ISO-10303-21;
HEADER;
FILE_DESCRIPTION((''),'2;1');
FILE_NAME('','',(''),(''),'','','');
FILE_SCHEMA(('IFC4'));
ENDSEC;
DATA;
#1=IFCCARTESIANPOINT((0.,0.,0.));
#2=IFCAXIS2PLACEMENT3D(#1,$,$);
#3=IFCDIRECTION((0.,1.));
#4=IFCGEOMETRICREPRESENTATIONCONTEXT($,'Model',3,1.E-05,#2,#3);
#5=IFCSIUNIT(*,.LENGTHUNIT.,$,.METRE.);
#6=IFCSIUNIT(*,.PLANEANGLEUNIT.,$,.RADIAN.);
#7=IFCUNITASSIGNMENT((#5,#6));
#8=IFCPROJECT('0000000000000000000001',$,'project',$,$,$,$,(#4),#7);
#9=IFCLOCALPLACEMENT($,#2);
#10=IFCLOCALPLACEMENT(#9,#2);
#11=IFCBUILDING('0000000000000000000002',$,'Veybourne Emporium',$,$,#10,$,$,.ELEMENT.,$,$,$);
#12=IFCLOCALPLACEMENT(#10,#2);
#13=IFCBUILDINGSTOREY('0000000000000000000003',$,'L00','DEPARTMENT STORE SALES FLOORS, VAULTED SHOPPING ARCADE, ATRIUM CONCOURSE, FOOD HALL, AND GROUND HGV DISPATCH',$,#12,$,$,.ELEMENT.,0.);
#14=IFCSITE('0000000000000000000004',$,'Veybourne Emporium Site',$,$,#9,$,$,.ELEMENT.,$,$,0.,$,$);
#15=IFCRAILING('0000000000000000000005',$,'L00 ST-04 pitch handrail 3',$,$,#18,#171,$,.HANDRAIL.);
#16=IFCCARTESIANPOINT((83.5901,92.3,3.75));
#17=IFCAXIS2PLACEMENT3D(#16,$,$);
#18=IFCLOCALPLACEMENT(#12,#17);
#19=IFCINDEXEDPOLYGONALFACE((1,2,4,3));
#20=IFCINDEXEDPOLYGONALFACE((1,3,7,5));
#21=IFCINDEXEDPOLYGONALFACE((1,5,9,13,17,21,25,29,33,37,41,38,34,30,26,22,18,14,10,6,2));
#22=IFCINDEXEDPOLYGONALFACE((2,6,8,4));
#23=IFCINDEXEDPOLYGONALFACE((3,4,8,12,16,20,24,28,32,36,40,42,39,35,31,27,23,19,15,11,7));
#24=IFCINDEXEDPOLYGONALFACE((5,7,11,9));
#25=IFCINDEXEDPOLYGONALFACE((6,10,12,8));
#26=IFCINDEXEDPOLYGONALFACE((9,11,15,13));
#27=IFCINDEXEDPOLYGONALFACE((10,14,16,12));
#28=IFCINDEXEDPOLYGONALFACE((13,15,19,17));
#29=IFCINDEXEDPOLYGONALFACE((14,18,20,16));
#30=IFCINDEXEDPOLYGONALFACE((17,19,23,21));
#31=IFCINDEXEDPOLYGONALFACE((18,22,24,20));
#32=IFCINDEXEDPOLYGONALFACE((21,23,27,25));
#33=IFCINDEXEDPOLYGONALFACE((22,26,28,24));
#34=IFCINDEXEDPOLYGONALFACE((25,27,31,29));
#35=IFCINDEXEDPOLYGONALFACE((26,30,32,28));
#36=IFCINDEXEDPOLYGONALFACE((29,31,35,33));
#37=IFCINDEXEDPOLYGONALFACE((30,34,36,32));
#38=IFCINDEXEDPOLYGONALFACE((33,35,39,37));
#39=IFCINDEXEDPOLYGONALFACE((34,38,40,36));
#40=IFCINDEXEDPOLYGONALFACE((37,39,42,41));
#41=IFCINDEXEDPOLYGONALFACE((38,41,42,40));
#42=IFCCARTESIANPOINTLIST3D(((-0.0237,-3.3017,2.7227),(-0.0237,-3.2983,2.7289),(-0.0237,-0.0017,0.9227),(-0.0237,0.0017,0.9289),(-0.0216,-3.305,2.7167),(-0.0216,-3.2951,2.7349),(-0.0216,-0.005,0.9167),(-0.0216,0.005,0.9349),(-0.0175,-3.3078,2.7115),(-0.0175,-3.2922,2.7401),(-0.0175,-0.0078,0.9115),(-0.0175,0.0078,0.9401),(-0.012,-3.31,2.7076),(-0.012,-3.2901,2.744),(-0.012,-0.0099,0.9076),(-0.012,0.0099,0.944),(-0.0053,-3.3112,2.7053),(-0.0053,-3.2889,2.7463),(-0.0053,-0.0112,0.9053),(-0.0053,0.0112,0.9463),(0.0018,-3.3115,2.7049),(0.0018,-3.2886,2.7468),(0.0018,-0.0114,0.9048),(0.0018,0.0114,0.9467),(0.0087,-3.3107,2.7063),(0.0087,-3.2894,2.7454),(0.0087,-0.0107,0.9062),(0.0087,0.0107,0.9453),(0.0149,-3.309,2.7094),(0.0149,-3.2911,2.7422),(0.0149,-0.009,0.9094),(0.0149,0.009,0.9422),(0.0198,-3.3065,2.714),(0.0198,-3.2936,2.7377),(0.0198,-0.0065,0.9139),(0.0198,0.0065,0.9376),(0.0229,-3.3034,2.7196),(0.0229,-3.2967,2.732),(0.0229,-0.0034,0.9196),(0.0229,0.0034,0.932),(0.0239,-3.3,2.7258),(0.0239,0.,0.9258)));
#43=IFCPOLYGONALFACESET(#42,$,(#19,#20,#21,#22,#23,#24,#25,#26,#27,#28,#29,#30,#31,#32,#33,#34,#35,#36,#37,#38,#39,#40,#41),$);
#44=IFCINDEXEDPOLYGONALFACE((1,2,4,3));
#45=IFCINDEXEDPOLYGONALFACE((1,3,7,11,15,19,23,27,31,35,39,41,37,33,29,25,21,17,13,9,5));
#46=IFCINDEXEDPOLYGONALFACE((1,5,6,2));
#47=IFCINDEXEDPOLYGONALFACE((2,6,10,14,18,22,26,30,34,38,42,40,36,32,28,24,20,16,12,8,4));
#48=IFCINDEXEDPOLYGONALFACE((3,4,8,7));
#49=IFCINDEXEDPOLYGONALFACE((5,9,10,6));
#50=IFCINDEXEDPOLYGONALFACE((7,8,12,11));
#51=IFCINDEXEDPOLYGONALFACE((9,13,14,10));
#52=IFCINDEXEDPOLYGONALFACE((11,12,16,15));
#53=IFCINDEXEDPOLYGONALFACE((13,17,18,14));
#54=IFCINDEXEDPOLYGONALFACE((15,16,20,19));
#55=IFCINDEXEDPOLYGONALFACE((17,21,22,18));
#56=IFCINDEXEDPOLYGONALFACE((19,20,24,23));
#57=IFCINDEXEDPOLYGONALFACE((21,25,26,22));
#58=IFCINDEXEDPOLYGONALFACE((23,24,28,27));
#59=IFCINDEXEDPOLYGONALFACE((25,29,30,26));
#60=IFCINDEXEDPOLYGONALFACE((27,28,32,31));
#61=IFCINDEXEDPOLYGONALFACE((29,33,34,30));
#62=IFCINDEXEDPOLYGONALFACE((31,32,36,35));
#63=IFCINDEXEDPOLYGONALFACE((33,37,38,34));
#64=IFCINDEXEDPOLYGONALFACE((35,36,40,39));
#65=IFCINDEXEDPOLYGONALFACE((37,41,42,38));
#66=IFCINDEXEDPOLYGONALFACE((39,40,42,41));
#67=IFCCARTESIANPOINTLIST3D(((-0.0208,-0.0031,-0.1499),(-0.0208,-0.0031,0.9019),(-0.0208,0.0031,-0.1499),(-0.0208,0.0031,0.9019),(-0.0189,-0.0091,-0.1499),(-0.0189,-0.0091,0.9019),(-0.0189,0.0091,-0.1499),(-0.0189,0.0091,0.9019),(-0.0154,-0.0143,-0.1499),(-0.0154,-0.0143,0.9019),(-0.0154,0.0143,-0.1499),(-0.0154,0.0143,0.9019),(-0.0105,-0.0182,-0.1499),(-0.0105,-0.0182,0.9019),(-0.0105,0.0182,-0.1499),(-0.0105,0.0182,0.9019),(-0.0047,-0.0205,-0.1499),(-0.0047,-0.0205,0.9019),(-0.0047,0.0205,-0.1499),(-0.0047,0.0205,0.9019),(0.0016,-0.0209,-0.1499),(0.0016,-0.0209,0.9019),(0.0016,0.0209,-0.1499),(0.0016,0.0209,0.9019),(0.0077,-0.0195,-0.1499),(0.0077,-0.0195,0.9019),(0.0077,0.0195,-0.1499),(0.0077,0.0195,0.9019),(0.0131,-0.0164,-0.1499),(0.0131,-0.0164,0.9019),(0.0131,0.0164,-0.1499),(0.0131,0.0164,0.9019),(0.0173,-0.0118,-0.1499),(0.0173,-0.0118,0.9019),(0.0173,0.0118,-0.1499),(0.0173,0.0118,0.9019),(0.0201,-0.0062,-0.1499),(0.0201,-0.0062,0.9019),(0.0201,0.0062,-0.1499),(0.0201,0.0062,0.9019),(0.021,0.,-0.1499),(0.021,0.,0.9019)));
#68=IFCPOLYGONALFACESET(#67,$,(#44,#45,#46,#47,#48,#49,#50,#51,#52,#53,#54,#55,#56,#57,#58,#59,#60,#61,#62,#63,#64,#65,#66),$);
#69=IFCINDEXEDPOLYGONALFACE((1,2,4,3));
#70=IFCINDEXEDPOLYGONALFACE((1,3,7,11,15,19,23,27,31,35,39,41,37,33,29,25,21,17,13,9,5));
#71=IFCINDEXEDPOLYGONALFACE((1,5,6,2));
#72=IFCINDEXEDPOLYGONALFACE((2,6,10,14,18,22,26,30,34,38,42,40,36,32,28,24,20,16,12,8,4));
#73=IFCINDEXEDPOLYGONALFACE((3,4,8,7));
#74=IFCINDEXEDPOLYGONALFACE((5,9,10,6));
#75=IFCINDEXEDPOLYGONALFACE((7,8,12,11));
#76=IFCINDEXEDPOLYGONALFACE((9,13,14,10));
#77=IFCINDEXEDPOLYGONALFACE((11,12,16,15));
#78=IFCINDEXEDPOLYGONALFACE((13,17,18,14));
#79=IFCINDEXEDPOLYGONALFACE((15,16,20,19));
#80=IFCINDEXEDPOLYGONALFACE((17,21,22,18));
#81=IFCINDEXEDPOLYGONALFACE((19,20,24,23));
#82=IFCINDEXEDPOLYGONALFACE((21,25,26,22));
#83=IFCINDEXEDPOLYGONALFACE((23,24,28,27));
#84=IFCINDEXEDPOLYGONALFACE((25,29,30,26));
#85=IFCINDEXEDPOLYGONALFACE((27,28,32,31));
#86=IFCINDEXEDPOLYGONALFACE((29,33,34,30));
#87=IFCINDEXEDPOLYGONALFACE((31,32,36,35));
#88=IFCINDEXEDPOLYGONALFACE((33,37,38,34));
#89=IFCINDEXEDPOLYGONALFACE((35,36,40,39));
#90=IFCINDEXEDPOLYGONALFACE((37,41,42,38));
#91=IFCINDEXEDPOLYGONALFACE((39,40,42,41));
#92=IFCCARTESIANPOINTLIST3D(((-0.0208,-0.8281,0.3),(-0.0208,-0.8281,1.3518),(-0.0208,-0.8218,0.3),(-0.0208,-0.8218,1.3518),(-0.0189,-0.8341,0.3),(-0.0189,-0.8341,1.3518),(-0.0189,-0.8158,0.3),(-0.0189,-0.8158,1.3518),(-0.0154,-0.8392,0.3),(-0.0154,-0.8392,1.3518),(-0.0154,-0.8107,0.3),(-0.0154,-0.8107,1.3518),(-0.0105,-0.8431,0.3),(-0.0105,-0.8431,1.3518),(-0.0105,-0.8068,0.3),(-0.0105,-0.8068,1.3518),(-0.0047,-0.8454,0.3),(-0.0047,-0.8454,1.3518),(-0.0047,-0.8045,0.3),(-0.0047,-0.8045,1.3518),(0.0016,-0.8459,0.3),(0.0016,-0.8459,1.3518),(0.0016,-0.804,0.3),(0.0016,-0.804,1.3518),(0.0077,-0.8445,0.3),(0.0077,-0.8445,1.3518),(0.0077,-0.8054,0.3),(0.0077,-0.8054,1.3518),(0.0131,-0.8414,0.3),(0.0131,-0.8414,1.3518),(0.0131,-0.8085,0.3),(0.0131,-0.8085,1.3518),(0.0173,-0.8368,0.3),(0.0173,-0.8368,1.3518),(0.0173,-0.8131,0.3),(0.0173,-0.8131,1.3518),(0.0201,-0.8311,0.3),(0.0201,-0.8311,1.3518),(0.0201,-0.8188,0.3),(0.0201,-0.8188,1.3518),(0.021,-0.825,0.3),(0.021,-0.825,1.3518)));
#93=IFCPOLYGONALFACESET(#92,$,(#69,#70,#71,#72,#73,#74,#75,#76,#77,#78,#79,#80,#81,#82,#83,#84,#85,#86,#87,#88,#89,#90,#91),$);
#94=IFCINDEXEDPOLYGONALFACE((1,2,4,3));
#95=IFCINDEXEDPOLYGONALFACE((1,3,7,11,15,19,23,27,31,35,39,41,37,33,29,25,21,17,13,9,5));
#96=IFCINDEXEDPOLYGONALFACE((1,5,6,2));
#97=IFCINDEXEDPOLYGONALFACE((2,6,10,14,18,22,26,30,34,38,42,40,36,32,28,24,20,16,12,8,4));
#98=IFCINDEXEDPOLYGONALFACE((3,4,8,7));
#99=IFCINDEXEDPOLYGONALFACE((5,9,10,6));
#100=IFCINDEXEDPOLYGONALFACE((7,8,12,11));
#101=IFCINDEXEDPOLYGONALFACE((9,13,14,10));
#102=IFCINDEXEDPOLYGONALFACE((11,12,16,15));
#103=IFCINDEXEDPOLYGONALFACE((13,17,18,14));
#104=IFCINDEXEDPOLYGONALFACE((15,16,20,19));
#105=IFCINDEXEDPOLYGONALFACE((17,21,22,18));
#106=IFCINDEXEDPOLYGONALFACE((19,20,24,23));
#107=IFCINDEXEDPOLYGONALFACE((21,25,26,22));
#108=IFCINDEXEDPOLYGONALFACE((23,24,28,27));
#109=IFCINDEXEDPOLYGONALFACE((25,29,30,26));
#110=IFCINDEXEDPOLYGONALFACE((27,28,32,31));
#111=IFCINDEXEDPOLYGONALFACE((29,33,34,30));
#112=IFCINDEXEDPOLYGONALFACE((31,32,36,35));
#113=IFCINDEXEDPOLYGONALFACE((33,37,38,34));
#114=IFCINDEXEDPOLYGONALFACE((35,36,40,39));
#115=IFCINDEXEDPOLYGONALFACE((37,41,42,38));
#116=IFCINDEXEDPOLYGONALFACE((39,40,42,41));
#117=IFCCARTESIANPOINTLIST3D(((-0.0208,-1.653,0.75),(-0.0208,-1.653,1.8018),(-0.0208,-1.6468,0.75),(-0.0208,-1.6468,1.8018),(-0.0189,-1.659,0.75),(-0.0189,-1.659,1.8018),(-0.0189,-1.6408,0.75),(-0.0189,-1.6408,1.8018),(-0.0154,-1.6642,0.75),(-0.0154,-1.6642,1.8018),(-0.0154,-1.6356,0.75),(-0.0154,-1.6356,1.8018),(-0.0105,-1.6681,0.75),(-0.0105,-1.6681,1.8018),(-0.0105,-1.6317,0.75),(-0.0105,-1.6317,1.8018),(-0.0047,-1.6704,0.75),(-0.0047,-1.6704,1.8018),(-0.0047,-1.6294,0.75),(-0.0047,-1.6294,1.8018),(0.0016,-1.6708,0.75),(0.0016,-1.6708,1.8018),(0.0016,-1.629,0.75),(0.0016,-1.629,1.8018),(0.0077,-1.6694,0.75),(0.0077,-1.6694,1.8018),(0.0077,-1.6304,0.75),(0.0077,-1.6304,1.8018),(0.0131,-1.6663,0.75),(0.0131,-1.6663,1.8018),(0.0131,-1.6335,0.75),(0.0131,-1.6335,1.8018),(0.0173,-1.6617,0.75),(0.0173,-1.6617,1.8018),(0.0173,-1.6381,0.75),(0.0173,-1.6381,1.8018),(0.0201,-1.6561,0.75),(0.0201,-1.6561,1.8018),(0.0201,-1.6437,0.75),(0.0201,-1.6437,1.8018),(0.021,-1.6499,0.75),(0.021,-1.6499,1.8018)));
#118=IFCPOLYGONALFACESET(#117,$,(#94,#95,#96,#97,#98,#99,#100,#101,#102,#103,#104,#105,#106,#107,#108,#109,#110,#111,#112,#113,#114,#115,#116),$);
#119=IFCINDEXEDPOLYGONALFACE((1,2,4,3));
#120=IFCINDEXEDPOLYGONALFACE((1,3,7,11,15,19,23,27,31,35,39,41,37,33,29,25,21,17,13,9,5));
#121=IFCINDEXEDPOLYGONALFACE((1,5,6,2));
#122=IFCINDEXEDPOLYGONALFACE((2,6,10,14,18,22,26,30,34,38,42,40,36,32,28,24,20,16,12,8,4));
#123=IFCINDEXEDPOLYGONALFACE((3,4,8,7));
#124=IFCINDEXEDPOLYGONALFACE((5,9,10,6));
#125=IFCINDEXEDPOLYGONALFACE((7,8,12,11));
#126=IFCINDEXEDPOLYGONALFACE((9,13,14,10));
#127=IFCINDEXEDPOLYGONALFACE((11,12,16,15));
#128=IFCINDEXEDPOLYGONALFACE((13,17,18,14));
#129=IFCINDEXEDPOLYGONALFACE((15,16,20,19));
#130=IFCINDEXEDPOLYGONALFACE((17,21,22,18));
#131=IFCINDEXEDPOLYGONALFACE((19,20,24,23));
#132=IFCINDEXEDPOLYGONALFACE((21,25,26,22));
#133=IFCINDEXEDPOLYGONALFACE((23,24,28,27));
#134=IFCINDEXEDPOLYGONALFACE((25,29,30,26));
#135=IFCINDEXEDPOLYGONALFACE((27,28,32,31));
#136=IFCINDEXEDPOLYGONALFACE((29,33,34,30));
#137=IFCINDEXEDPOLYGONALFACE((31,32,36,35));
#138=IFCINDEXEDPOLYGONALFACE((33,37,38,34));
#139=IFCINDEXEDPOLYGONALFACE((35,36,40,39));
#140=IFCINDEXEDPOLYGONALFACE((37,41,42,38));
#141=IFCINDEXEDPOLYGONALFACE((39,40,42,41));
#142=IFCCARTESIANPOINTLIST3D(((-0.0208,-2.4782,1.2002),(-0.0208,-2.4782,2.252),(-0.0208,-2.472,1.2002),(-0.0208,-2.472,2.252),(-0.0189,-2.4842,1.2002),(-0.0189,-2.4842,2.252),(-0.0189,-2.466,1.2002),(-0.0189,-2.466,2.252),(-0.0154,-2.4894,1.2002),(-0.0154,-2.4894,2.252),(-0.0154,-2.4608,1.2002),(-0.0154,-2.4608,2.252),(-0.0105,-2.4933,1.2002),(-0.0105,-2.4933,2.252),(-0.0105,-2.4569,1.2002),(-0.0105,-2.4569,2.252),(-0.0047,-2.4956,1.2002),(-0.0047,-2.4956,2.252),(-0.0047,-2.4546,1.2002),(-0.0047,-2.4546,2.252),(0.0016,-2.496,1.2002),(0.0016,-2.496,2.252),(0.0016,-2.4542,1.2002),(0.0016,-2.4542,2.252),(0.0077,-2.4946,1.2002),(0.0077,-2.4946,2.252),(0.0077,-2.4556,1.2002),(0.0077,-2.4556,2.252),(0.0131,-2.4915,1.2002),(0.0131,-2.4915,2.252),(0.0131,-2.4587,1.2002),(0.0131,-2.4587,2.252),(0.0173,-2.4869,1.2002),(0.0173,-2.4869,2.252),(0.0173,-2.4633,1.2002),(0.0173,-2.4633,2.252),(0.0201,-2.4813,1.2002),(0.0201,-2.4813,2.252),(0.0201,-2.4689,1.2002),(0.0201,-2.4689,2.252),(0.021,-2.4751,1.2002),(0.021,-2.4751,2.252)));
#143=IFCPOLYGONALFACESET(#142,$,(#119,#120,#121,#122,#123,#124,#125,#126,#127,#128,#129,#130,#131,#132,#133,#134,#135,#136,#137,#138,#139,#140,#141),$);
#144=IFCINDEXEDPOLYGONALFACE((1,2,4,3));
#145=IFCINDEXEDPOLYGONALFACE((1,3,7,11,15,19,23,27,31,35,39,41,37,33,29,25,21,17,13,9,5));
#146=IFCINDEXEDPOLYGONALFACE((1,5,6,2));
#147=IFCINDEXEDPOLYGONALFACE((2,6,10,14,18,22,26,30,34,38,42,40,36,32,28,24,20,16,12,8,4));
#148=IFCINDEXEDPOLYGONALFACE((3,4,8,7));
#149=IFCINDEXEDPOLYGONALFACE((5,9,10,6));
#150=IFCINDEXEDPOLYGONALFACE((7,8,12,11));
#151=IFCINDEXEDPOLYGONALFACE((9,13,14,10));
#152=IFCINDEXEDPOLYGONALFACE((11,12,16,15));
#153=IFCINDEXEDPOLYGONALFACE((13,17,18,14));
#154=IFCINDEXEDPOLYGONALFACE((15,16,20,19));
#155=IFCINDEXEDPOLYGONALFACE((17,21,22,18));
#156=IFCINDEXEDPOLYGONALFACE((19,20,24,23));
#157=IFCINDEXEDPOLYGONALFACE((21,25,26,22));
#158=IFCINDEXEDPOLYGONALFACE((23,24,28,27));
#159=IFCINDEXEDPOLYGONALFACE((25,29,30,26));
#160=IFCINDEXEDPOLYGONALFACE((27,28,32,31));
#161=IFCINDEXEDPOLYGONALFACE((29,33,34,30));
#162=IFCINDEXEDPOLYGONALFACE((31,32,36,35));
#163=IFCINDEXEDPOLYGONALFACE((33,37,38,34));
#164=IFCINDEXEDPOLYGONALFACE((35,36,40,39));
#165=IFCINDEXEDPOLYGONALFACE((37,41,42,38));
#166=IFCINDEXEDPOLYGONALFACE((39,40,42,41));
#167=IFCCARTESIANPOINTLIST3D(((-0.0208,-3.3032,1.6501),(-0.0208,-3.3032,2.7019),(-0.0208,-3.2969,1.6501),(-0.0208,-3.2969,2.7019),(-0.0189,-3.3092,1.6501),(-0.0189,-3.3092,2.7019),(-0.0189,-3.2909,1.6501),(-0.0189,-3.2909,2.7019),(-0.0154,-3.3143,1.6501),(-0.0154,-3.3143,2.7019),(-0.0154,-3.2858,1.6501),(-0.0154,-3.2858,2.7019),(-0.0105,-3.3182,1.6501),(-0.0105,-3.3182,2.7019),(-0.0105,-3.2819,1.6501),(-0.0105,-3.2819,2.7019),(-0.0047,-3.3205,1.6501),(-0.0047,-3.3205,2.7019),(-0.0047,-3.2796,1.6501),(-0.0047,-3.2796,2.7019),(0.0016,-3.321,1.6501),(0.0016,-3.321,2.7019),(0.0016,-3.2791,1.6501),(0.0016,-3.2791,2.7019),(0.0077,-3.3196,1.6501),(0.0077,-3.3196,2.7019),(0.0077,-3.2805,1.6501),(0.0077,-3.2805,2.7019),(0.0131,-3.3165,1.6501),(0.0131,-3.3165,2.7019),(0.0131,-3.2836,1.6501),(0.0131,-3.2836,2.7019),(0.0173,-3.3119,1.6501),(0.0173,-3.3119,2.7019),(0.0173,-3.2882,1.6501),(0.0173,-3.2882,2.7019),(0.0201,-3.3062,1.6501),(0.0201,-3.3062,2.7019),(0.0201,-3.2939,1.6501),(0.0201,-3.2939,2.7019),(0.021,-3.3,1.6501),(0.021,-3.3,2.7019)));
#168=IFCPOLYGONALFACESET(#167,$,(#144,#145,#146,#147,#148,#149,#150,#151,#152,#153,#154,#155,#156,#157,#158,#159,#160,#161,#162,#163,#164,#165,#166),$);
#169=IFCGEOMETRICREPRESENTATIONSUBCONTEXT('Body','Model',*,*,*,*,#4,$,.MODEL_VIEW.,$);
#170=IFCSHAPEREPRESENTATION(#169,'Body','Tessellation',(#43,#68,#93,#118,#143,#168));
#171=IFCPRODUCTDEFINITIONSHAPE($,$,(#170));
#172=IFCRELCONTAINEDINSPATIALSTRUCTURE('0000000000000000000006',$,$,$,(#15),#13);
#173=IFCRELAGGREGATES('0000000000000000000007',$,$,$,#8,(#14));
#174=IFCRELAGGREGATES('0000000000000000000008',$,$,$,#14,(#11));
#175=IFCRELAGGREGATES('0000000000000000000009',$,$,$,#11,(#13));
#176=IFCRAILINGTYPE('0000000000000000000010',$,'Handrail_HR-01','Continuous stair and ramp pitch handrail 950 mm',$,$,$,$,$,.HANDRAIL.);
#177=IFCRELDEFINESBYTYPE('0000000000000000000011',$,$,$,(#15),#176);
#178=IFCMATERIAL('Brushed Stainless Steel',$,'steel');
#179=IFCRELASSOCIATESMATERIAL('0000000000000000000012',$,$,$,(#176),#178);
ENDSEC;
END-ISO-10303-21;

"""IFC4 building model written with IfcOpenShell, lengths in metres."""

from ifc_helpers import new_model, si_unit, direction, frame, origin, origin_2d, place, context, subcontext, project, spatial, circle, extrude, material, type_object, element, save


model = new_model("IFC4")

# Units and contexts
model_context = context("Model", 3, precision=1e-05, world=origin(), true_north=direction((0.0, 1.0)))
body_context = subcontext(model_context, "Body", "Model", "MODEL_VIEW")
ifc_project = project(units=[si_unit("LENGTHUNIT", "METRE"), si_unit("PLANEANGLEUNIT", "RADIAN")], contexts=[model_context])

# Site, building, storey
site_placement = place(None, origin())
site = spatial("IfcSite", under=ifc_project, at=site_placement, Name="Veybourne Emporium Site", CompositionType="ELEMENT", RefElevation=0.0)
building_placement = place(site_placement, origin())
building = spatial("IfcBuilding", under=site, at=building_placement, Name="Veybourne Emporium", CompositionType="ELEMENT")
storey_placement = place(building_placement, origin())
storey = spatial("IfcBuildingStorey", under=building, at=storey_placement, Name="L00", Description="DEPARTMENT STORE SALES FLOORS, VAULTED SHOPPING ARCADE, ATRIUM CONCOURSE, FOOD HALL, AND GROUND HGV DISPATCH", CompositionType="ELEMENT", Elevation=0.0)

# Railing
ifc_material_1 = material(Name="Brushed Stainless Steel", Category="steel")
railing_type_1 = type_object("IfcRailingType", Name="Handrail_HR-01", Description="Continuous stair and ramp pitch handrail 950 mm", PredefinedType="HANDRAIL", material=ifc_material_1)
railing_1_placement = place(storey_placement, frame((83.5901, 92.3, 3.75)))
element("IfcRailing", 1, at=railing_1_placement, inside=storey, type_object=railing_type_1, Name="L00 ST-04 pitch handrail 3", PredefinedType="HANDRAIL", context=body_context, shape_type="SweptSolid", body=[
    extrude(circle(Radius=0.0239, at=origin_2d()), frame((0.0, 0.0, 0.9258), z_axis=(0.0, -0.877893, 0.478857), x_axis=(1.0, 0.0, 0.0)), (0.0, 0.0, 1.0), 3.759),
    extrude(circle(Radius=0.021, at=origin_2d()), frame((0.0, 0.0, -0.1499)), (0.0, 0.0, 1.0), 1.0518),
    extrude(circle(Radius=0.021, at=origin_2d()), frame((0.0, -0.825, 0.3)), (0.0, 0.0, 1.0), 1.0518),
    extrude(circle(Radius=0.021, at=origin_2d()), frame((0.0, -1.6499, 0.75)), (0.0, 0.0, 1.0), 1.0518),
    extrude(circle(Radius=0.021, at=origin_2d()), frame((0.0, -2.4751, 1.2002)), (0.0, 0.0, 1.0), 1.0518),
    extrude(circle(Radius=0.021, at=origin_2d()), frame((0.0, -3.3, 1.6501)), (0.0, 0.0, 1.0), 1.0518),
])

save(model, "model.ifc")
